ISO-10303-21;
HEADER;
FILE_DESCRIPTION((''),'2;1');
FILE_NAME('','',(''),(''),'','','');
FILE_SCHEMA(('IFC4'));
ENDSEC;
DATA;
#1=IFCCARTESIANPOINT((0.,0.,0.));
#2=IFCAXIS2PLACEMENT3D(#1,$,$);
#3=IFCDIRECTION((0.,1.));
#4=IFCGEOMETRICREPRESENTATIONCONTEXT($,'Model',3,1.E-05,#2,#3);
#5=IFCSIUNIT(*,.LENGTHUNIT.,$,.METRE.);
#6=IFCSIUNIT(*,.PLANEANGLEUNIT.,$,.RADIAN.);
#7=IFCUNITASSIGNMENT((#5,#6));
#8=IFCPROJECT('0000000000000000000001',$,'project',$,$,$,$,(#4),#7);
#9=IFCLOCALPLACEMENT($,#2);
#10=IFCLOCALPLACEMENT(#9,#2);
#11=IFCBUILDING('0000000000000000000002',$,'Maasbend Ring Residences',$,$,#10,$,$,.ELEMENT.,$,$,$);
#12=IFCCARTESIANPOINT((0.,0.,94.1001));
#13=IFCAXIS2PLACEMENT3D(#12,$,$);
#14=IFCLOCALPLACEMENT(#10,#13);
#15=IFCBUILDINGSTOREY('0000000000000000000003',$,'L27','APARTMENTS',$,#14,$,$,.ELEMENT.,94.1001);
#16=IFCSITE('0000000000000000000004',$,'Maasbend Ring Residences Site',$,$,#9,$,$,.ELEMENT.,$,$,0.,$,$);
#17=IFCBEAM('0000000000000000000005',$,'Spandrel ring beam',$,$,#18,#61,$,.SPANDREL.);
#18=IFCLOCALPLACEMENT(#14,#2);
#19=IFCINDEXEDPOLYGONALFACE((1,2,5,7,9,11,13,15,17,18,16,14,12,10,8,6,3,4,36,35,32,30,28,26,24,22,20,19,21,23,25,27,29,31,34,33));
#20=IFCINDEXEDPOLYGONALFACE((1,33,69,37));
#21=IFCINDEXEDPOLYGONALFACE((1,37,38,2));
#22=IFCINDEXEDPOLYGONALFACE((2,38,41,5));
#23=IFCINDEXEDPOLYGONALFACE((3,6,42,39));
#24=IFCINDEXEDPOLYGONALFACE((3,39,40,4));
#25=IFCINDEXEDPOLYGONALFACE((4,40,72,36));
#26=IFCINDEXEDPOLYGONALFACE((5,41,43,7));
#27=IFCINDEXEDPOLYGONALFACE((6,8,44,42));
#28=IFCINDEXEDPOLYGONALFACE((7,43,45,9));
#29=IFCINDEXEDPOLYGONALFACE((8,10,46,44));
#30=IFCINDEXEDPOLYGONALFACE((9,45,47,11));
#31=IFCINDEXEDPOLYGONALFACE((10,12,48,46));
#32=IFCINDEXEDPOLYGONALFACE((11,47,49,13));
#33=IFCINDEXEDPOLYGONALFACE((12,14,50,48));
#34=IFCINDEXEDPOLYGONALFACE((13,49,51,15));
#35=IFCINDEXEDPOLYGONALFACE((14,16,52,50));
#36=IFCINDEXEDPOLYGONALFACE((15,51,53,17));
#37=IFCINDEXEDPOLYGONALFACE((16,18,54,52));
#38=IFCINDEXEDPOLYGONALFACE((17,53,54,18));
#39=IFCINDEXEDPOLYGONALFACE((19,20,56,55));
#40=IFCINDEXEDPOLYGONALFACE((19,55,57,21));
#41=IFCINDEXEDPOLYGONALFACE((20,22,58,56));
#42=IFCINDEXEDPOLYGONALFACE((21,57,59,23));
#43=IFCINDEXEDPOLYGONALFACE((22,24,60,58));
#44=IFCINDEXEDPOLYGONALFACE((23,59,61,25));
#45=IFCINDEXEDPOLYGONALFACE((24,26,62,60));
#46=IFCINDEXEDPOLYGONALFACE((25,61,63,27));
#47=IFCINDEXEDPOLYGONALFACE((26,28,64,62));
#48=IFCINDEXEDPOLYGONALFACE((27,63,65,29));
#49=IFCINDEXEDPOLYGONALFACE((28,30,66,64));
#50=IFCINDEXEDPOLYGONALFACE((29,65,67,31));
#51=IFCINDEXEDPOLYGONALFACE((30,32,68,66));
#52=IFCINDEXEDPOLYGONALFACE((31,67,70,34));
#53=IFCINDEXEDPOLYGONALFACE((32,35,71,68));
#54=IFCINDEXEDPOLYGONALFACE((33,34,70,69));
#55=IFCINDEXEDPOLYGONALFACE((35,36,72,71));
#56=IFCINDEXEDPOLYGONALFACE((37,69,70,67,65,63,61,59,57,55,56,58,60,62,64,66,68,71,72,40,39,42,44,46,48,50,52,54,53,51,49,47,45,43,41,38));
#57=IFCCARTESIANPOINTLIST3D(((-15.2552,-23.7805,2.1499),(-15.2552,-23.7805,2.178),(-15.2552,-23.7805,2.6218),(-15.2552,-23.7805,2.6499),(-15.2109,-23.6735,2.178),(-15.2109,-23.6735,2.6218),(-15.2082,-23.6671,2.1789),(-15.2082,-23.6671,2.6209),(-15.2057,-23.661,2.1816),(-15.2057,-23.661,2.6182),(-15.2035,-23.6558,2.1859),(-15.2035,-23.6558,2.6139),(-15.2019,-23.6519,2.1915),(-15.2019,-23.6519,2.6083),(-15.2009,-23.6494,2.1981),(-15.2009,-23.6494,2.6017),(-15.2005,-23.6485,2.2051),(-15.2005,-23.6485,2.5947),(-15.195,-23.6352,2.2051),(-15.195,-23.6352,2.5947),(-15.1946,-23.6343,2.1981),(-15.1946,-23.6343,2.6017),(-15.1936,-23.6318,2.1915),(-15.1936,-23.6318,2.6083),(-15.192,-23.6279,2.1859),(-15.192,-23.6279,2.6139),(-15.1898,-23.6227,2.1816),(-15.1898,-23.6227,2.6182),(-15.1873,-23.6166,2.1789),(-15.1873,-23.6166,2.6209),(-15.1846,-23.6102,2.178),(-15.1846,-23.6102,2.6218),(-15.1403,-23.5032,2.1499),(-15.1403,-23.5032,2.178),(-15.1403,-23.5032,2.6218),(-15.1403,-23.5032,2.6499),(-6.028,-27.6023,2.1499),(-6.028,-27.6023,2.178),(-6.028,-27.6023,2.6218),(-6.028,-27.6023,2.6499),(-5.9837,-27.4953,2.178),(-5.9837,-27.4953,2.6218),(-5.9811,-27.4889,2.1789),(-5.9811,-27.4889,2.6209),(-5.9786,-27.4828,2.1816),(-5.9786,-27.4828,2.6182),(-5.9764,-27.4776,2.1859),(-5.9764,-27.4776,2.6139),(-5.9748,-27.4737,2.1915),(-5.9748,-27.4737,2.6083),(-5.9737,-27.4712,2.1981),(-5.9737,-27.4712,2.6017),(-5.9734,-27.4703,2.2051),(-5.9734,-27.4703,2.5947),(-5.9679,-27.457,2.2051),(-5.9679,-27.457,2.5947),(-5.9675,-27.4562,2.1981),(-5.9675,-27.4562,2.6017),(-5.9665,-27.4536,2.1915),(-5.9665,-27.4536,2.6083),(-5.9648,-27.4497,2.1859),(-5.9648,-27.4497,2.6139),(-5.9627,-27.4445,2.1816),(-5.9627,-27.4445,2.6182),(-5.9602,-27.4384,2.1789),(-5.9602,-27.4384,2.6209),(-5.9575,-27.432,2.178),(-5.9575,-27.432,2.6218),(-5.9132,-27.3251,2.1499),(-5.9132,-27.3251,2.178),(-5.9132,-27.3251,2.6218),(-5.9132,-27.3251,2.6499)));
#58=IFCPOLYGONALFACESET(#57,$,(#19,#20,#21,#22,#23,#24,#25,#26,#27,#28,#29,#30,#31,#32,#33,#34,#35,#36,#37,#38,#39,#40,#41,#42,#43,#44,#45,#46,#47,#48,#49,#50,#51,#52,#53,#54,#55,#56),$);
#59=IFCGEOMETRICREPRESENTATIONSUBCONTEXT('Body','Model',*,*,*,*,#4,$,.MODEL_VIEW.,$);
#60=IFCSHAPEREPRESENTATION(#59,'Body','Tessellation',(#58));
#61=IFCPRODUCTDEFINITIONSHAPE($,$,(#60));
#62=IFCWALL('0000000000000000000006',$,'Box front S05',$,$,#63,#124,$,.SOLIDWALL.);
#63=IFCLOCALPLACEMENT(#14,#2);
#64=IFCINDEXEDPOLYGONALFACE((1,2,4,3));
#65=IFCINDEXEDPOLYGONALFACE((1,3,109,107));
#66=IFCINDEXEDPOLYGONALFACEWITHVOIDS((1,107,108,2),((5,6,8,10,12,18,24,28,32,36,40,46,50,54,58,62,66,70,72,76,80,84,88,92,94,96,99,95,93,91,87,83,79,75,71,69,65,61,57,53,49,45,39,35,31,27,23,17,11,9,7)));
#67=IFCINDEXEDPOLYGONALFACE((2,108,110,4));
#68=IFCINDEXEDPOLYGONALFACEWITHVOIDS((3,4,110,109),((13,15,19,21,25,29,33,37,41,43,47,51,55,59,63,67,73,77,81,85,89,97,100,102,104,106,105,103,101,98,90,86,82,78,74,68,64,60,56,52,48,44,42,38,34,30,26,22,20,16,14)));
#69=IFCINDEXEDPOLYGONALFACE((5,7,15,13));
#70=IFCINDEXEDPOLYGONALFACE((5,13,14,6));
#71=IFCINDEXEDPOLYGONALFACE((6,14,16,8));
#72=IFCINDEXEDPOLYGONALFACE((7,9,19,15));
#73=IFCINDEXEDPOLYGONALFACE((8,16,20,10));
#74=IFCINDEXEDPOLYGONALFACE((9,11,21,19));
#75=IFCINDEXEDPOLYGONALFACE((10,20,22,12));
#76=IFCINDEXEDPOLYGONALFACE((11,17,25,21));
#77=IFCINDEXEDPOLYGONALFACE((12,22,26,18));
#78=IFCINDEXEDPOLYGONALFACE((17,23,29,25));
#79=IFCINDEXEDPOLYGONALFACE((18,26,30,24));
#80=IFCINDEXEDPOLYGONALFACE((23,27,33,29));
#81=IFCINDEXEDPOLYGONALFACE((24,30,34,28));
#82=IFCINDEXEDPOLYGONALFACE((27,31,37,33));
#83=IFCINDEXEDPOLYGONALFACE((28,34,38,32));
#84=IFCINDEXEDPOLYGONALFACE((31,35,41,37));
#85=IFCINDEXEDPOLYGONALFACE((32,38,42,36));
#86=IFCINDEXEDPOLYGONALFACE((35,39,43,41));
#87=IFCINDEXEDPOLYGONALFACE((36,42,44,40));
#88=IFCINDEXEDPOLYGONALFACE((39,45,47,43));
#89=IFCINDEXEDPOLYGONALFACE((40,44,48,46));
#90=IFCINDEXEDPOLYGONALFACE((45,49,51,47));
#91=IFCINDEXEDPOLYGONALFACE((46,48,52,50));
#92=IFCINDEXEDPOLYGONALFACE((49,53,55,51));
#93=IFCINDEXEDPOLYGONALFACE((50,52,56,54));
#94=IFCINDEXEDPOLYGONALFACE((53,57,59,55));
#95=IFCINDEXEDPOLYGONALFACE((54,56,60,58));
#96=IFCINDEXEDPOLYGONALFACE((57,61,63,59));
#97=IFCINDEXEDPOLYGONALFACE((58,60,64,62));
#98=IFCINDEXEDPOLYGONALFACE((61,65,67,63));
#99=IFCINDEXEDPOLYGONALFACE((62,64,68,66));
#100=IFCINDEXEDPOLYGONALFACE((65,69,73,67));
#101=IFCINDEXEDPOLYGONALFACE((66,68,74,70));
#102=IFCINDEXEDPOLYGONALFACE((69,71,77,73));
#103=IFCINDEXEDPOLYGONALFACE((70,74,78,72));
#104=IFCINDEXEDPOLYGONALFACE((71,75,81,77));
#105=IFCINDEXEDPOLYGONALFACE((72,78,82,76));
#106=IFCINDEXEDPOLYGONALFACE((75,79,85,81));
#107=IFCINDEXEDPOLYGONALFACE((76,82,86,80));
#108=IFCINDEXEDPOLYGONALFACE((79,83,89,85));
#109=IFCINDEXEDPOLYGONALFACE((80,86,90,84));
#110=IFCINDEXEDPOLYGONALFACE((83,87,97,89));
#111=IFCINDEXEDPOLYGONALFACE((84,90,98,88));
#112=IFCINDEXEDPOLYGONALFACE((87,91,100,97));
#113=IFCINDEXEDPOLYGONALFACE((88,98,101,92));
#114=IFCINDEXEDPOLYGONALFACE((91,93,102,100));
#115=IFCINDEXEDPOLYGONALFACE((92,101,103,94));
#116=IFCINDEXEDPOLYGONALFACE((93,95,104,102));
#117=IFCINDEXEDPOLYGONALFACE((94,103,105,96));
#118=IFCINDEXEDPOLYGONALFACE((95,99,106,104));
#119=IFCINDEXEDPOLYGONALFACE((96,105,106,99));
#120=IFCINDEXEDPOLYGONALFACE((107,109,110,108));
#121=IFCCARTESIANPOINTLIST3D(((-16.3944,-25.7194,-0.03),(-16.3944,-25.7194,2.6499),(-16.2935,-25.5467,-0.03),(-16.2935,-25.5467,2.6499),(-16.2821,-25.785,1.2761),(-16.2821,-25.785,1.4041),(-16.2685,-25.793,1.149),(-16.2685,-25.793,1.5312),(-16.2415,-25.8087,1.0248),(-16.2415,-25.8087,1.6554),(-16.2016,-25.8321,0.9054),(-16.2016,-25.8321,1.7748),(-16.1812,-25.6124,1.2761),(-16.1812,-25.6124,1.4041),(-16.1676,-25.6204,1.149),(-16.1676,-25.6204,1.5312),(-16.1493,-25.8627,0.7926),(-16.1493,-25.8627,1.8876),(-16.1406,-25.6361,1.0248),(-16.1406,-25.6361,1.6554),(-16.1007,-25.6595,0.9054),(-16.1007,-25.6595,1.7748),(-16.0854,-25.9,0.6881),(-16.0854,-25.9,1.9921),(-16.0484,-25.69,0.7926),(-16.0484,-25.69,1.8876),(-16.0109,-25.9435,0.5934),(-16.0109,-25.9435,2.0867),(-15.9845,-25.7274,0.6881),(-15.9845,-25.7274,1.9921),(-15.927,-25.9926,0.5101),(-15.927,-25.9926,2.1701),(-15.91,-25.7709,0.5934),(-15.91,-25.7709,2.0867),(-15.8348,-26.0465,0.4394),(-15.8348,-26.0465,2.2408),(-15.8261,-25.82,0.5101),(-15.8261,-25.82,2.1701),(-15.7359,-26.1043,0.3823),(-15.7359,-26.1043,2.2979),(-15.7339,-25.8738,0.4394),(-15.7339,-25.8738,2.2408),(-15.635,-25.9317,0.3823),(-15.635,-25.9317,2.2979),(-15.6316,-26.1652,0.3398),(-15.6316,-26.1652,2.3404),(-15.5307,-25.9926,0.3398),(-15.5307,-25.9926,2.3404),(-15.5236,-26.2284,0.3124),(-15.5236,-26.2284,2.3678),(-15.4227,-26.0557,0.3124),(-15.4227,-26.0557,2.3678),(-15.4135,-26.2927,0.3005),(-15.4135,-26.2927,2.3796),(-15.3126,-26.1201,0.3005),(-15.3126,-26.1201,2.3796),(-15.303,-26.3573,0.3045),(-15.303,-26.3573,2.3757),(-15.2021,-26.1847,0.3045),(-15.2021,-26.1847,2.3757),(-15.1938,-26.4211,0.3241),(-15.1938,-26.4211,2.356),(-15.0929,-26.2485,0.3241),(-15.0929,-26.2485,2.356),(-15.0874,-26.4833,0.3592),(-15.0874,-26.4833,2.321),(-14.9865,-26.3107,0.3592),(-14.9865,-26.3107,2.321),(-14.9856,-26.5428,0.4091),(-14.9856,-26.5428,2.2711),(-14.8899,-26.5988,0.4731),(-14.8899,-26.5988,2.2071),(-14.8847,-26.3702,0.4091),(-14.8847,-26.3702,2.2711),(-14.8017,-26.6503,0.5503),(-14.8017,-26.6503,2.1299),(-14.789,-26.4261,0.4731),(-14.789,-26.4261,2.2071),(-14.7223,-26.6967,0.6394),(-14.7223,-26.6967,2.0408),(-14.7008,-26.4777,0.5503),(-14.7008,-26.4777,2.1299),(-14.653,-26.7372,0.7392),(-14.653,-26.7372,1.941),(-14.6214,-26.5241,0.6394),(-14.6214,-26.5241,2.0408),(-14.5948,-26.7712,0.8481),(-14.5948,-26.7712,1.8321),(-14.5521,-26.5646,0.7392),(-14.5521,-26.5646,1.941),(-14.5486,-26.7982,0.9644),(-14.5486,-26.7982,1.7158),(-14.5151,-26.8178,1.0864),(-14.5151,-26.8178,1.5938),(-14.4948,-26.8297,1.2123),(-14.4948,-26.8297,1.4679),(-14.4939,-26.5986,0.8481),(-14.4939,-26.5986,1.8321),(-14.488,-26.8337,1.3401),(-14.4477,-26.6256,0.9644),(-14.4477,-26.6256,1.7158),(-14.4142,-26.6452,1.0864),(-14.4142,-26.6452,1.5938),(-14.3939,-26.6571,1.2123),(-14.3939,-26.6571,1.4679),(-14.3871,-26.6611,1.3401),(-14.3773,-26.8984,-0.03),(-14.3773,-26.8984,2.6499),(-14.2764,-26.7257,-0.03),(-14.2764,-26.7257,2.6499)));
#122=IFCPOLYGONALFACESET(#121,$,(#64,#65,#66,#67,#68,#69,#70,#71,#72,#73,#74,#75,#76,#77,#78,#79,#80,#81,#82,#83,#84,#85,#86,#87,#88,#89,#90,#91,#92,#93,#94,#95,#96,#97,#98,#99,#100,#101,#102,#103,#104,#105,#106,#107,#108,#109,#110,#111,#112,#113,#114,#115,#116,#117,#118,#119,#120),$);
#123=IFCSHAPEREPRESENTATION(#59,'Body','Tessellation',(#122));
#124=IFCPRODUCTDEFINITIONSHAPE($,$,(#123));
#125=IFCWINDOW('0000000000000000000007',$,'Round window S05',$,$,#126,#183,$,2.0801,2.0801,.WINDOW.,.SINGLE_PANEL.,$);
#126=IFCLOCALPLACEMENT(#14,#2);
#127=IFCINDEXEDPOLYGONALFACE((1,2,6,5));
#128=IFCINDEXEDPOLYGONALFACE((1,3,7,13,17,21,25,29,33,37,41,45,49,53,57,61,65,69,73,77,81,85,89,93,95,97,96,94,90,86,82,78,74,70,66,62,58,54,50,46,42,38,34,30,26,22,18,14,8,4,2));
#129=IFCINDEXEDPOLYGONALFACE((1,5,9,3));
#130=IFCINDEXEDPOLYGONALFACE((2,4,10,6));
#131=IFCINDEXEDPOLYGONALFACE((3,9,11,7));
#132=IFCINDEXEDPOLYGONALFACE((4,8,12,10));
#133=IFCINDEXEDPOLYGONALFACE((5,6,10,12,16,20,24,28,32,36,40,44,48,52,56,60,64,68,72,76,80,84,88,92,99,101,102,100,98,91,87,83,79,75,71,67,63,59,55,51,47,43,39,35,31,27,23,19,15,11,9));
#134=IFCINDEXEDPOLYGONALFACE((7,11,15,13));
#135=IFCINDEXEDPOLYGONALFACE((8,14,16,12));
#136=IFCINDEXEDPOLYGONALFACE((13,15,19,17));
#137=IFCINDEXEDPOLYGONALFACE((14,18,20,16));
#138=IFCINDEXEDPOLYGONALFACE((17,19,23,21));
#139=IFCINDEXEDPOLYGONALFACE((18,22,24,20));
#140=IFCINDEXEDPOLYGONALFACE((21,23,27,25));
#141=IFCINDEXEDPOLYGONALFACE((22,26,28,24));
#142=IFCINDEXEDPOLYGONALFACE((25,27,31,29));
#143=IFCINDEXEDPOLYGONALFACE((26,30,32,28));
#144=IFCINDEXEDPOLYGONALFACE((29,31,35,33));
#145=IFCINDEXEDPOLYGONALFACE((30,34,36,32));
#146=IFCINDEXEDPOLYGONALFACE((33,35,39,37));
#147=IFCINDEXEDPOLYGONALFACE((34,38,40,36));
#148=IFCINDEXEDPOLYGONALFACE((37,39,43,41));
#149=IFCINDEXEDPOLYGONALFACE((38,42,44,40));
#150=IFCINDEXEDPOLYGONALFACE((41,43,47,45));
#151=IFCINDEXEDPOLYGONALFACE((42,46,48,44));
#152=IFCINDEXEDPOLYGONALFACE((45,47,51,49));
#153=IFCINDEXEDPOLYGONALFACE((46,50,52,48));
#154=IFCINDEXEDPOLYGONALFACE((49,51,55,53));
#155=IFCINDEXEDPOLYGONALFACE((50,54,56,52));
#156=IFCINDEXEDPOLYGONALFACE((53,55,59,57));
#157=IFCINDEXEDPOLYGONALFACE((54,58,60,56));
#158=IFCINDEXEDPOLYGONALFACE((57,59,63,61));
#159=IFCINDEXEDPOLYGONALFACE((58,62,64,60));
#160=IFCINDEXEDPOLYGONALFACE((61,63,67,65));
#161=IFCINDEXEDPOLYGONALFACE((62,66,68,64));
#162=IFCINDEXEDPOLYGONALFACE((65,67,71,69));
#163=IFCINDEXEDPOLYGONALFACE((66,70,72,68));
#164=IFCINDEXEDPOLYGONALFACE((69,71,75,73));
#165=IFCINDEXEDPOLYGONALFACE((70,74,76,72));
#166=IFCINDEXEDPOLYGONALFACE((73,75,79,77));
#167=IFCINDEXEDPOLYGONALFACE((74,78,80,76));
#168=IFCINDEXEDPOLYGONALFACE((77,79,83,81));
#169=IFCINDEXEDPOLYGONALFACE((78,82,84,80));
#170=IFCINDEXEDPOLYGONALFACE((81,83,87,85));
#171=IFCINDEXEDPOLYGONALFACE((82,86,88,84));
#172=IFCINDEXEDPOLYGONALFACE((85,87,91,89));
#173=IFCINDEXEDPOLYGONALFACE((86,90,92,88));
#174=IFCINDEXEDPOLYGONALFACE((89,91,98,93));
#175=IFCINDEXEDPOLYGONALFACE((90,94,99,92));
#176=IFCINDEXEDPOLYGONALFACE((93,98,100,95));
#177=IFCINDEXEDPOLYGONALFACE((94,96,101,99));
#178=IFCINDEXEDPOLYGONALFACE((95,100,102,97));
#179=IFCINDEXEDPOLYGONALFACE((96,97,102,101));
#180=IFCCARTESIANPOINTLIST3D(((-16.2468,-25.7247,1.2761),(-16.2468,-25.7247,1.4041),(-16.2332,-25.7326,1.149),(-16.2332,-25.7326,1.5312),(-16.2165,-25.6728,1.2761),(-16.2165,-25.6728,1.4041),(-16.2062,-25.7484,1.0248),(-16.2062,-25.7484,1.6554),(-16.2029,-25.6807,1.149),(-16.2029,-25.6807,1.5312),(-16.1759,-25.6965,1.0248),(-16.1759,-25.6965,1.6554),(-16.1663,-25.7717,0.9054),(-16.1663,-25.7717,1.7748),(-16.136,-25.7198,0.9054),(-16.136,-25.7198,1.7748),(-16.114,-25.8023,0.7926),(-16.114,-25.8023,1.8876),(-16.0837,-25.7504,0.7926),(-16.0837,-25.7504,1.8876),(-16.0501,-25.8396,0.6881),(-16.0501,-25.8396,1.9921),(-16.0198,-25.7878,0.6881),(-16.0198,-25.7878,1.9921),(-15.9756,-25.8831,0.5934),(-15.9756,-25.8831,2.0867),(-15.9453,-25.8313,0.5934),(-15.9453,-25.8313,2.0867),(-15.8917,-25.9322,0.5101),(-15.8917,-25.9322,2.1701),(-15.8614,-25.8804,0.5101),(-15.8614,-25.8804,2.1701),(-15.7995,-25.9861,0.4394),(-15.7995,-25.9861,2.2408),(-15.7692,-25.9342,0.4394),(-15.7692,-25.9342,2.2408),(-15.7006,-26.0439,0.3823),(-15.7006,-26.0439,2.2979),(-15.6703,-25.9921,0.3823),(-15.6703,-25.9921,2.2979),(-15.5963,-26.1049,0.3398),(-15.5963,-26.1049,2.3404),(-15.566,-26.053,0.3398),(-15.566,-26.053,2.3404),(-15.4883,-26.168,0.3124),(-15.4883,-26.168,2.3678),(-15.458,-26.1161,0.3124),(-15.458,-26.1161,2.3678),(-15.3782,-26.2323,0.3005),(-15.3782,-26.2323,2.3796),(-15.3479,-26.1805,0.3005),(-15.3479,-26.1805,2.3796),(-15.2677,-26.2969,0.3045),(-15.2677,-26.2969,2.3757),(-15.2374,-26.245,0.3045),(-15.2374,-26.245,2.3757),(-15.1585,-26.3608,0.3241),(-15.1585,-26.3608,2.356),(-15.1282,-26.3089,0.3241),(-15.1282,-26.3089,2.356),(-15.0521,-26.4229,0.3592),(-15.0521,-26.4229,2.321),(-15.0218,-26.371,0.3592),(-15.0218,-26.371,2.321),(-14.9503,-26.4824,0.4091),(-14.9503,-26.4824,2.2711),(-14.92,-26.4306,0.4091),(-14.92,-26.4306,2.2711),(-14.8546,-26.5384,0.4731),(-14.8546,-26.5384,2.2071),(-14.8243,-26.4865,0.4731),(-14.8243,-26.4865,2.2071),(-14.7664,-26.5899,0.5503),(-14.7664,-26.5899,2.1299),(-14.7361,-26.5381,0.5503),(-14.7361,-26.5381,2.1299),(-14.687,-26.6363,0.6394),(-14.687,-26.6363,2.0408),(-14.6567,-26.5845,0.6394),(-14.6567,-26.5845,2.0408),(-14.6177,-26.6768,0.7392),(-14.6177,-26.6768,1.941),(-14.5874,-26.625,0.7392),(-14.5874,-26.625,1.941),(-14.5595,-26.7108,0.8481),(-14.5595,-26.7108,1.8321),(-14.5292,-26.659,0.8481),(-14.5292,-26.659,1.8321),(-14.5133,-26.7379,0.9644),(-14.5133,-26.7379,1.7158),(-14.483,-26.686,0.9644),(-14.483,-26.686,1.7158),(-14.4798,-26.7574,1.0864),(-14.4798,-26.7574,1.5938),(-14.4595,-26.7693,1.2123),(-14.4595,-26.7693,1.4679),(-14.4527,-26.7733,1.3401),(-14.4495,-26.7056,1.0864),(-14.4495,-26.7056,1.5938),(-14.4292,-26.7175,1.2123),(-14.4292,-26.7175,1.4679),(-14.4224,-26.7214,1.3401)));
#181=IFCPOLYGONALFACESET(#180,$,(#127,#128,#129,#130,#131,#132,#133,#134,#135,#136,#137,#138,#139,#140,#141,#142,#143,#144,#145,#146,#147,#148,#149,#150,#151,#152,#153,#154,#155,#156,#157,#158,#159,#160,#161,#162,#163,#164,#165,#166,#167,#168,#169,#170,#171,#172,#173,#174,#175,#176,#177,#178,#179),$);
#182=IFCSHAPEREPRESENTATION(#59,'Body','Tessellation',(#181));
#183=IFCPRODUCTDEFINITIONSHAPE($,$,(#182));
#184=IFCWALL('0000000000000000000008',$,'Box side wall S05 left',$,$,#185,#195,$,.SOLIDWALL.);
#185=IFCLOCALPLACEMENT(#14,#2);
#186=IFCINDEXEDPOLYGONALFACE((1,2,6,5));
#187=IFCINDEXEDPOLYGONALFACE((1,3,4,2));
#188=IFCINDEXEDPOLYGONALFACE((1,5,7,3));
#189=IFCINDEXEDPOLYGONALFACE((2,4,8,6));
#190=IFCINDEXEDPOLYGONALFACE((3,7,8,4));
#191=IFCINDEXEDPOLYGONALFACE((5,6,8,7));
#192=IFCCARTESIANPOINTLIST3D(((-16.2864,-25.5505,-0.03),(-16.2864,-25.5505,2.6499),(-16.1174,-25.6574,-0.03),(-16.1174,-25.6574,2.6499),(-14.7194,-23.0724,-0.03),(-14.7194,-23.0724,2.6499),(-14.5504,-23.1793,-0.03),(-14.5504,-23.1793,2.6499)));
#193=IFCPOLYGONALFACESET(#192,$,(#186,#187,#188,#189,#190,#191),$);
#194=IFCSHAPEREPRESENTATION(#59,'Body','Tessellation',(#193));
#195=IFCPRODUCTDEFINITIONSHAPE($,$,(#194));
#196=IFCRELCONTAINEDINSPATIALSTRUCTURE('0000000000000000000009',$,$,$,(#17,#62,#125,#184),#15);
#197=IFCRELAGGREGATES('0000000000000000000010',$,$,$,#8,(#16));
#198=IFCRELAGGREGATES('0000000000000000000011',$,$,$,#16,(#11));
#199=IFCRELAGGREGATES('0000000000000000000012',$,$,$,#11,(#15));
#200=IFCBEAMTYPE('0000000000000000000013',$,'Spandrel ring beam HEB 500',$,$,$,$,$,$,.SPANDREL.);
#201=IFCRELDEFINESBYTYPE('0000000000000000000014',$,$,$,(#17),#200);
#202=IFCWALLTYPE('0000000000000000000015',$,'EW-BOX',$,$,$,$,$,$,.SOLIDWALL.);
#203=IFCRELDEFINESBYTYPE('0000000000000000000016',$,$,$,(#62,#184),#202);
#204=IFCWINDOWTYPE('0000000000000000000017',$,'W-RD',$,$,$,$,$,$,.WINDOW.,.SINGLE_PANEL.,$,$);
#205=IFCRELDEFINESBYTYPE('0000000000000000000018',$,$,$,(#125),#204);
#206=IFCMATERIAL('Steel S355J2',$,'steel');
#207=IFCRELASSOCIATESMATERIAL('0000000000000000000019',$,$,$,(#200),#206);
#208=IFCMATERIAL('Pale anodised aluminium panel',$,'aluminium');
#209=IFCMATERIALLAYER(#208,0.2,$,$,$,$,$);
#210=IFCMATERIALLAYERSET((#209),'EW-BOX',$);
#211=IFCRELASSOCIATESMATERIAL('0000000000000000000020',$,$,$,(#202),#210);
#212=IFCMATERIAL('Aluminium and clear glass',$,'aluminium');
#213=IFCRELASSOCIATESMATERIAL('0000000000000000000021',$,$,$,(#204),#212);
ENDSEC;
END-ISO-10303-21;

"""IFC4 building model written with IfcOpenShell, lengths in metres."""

from ifc_helpers import new_model, si_unit, direction, frame, frame_2d, origin, origin_2d, place, context, subcontext, project, spatial, rectangle, circle, i_section, extrude, material, layer, layer_set, material_profile, profile_set, type_object, element, fill, save


model = new_model("IFC4")

# Units and contexts
model_context = context("Model", 3, precision=1e-05, world=origin(), true_north=direction((0.0, 1.0)))
body_context = subcontext(model_context, "Body", "Model", "MODEL_VIEW")
ifc_project = project(units=[si_unit("LENGTHUNIT", "METRE"), si_unit("PLANEANGLEUNIT", "RADIAN")], contexts=[model_context])

# Site, building, storey
site_placement = place(None, origin())
site = spatial("IfcSite", under=ifc_project, at=site_placement, Name="Maasbend Ring Residences Site", CompositionType="ELEMENT", RefElevation=0.0)
building_placement = place(site_placement, origin())
building = spatial("IfcBuilding", under=site, at=building_placement, Name="Maasbend Ring Residences", CompositionType="ELEMENT")
storey_placement = place(building_placement, frame((0.0, 0.0, 94.1001)))
storey = spatial("IfcBuildingStorey", under=building, at=storey_placement, Name="L27", Description="APARTMENTS", CompositionType="ELEMENT", Elevation=94.1001)

# Beam
ifc_material_1 = material(Name="Steel S355J2", Category="steel")
ifc_material_profile_1 = material_profile(ifc_material_1, i_section(OverallWidth=0.3, OverallDepth=0.5, WebThickness=0.0144, FlangeThickness=0.0281, FilletRadius=0.0271, at=origin_2d()), Name="HEB 500")
ifc_profile_set_1 = profile_set([ifc_material_profile_1], Name="Steel S355J2")
beam_type_1 = type_object("IfcBeamType", Name="Spandrel ring beam HEB 500", PredefinedType="SPANDREL", material=ifc_profile_set_1)
beam_1_placement = place(storey_placement, frame((-15.1978, -23.6418, 2.3999), z_axis=(0.923886, -0.382667, 0.0), x_axis=(0.382667, 0.923886, 0.0)))
element("IfcBeam", 1, at=beam_1_placement, inside=storey, type_object=beam_type_1, Name="Spandrel ring beam", PredefinedType="SPANDREL", context=body_context, shape_type="SweptSolid", body=[
    extrude(i_section(OverallWidth=0.3, OverallDepth=0.5, WebThickness=0.0144, FlangeThickness=0.0281, FilletRadius=0.0271, at=origin_2d()), origin(), (0.0, 0.0, 1.0), 9.9873),
])

# Wall, opening, window
ifc_material_2 = material(Name="Pale anodised aluminium panel", Category="aluminium")
ifc_layer_1 = layer(ifc_material_2, 0.2)
ifc_layer_set_1 = layer_set([ifc_layer_1], Name="EW-BOX")
wall_type_1 = type_object("IfcWallType", Name="EW-BOX", PredefinedType="SOLIDWALL", material=ifc_layer_set_1)
wall_1_placement = place(storey_placement, frame((-16.344, -25.6331, -0.03), z_axis=(0.0, 0.0, 1.0), x_axis=(0.863347, -0.504612, 0.0)))
wall_1 = element("IfcWall", 2, at=wall_1_placement, inside=storey, type_object=wall_type_1, Name="Box front S05", PredefinedType="SOLIDWALL", context=body_context, shape_type="SweptSolid", body=[
    extrude(rectangle(XDim=2.3364, YDim=0.2, at=frame_2d((1.1682, 0.0))), origin(), (0.0, 0.0, 1.0), 2.6799),
])
opening_1_placement = place(wall_1_placement, frame((0.1282, 0.0, 0.3301)))
opening_1 = element("IfcOpeningElement", 3, at=opening_1_placement, cuts=wall_1, PredefinedType="OPENING", context=body_context, shape_type="SweptSolid", body=[
    extrude(circle(Radius=1.04, at=frame_2d((1.04, 1.04))), frame((0.0, 0.1099, 0.0), z_axis=(0.0, -1.0, 0.0), x_axis=(1.0, 0.0, 0.0)), (0.0, 0.0, 1.0), 0.22),
])
ifc_material_3 = material(Name="Aluminium and clear glass", Category="aluminium")
window_type_1 = type_object("IfcWindowType", Name="W-RD", PartitioningType="SINGLE_PANEL", PredefinedType="WINDOW", material=ifc_material_3)
window_1_placement = place(opening_1_placement, origin())
window_1 = element("IfcWindow", 4, at=window_1_placement, inside=storey, type_object=window_type_1, Name="Round window S05", OverallHeight=2.0801, OverallWidth=2.0801, PartitioningType="SINGLE_PANEL", PredefinedType="WINDOW", context=body_context, shape_type="SweptSolid", body=[
    extrude(circle(Radius=1.04, at=frame_2d((1.04, 1.04))), frame((0.0, 0.03, 0.0), z_axis=(0.0, -1.0, 0.0), x_axis=(1.0, 0.0, 0.0)), (0.0, 0.0, 1.0), 0.0601),
])
fill(opening_1, window_1)

# Wall
wall_2_placement = place(storey_placement, frame((-14.635, -23.126, -0.03), z_axis=(0.0, 0.0, 1.0), x_axis=(-0.534438, -0.845208, 0.0)))
element("IfcWall", 5, at=wall_2_placement, inside=storey, type_object=wall_type_1, Name="Box side wall S05 left", PredefinedType="SOLIDWALL", context=body_context, shape_type="SweptSolid", body=[
    extrude(rectangle(XDim=2.9319, YDim=0.2, at=frame_2d((1.4658, 0.0))), origin(), (0.0, 0.0, 1.0), 2.6799),
])

save(model, "model.ifc")
